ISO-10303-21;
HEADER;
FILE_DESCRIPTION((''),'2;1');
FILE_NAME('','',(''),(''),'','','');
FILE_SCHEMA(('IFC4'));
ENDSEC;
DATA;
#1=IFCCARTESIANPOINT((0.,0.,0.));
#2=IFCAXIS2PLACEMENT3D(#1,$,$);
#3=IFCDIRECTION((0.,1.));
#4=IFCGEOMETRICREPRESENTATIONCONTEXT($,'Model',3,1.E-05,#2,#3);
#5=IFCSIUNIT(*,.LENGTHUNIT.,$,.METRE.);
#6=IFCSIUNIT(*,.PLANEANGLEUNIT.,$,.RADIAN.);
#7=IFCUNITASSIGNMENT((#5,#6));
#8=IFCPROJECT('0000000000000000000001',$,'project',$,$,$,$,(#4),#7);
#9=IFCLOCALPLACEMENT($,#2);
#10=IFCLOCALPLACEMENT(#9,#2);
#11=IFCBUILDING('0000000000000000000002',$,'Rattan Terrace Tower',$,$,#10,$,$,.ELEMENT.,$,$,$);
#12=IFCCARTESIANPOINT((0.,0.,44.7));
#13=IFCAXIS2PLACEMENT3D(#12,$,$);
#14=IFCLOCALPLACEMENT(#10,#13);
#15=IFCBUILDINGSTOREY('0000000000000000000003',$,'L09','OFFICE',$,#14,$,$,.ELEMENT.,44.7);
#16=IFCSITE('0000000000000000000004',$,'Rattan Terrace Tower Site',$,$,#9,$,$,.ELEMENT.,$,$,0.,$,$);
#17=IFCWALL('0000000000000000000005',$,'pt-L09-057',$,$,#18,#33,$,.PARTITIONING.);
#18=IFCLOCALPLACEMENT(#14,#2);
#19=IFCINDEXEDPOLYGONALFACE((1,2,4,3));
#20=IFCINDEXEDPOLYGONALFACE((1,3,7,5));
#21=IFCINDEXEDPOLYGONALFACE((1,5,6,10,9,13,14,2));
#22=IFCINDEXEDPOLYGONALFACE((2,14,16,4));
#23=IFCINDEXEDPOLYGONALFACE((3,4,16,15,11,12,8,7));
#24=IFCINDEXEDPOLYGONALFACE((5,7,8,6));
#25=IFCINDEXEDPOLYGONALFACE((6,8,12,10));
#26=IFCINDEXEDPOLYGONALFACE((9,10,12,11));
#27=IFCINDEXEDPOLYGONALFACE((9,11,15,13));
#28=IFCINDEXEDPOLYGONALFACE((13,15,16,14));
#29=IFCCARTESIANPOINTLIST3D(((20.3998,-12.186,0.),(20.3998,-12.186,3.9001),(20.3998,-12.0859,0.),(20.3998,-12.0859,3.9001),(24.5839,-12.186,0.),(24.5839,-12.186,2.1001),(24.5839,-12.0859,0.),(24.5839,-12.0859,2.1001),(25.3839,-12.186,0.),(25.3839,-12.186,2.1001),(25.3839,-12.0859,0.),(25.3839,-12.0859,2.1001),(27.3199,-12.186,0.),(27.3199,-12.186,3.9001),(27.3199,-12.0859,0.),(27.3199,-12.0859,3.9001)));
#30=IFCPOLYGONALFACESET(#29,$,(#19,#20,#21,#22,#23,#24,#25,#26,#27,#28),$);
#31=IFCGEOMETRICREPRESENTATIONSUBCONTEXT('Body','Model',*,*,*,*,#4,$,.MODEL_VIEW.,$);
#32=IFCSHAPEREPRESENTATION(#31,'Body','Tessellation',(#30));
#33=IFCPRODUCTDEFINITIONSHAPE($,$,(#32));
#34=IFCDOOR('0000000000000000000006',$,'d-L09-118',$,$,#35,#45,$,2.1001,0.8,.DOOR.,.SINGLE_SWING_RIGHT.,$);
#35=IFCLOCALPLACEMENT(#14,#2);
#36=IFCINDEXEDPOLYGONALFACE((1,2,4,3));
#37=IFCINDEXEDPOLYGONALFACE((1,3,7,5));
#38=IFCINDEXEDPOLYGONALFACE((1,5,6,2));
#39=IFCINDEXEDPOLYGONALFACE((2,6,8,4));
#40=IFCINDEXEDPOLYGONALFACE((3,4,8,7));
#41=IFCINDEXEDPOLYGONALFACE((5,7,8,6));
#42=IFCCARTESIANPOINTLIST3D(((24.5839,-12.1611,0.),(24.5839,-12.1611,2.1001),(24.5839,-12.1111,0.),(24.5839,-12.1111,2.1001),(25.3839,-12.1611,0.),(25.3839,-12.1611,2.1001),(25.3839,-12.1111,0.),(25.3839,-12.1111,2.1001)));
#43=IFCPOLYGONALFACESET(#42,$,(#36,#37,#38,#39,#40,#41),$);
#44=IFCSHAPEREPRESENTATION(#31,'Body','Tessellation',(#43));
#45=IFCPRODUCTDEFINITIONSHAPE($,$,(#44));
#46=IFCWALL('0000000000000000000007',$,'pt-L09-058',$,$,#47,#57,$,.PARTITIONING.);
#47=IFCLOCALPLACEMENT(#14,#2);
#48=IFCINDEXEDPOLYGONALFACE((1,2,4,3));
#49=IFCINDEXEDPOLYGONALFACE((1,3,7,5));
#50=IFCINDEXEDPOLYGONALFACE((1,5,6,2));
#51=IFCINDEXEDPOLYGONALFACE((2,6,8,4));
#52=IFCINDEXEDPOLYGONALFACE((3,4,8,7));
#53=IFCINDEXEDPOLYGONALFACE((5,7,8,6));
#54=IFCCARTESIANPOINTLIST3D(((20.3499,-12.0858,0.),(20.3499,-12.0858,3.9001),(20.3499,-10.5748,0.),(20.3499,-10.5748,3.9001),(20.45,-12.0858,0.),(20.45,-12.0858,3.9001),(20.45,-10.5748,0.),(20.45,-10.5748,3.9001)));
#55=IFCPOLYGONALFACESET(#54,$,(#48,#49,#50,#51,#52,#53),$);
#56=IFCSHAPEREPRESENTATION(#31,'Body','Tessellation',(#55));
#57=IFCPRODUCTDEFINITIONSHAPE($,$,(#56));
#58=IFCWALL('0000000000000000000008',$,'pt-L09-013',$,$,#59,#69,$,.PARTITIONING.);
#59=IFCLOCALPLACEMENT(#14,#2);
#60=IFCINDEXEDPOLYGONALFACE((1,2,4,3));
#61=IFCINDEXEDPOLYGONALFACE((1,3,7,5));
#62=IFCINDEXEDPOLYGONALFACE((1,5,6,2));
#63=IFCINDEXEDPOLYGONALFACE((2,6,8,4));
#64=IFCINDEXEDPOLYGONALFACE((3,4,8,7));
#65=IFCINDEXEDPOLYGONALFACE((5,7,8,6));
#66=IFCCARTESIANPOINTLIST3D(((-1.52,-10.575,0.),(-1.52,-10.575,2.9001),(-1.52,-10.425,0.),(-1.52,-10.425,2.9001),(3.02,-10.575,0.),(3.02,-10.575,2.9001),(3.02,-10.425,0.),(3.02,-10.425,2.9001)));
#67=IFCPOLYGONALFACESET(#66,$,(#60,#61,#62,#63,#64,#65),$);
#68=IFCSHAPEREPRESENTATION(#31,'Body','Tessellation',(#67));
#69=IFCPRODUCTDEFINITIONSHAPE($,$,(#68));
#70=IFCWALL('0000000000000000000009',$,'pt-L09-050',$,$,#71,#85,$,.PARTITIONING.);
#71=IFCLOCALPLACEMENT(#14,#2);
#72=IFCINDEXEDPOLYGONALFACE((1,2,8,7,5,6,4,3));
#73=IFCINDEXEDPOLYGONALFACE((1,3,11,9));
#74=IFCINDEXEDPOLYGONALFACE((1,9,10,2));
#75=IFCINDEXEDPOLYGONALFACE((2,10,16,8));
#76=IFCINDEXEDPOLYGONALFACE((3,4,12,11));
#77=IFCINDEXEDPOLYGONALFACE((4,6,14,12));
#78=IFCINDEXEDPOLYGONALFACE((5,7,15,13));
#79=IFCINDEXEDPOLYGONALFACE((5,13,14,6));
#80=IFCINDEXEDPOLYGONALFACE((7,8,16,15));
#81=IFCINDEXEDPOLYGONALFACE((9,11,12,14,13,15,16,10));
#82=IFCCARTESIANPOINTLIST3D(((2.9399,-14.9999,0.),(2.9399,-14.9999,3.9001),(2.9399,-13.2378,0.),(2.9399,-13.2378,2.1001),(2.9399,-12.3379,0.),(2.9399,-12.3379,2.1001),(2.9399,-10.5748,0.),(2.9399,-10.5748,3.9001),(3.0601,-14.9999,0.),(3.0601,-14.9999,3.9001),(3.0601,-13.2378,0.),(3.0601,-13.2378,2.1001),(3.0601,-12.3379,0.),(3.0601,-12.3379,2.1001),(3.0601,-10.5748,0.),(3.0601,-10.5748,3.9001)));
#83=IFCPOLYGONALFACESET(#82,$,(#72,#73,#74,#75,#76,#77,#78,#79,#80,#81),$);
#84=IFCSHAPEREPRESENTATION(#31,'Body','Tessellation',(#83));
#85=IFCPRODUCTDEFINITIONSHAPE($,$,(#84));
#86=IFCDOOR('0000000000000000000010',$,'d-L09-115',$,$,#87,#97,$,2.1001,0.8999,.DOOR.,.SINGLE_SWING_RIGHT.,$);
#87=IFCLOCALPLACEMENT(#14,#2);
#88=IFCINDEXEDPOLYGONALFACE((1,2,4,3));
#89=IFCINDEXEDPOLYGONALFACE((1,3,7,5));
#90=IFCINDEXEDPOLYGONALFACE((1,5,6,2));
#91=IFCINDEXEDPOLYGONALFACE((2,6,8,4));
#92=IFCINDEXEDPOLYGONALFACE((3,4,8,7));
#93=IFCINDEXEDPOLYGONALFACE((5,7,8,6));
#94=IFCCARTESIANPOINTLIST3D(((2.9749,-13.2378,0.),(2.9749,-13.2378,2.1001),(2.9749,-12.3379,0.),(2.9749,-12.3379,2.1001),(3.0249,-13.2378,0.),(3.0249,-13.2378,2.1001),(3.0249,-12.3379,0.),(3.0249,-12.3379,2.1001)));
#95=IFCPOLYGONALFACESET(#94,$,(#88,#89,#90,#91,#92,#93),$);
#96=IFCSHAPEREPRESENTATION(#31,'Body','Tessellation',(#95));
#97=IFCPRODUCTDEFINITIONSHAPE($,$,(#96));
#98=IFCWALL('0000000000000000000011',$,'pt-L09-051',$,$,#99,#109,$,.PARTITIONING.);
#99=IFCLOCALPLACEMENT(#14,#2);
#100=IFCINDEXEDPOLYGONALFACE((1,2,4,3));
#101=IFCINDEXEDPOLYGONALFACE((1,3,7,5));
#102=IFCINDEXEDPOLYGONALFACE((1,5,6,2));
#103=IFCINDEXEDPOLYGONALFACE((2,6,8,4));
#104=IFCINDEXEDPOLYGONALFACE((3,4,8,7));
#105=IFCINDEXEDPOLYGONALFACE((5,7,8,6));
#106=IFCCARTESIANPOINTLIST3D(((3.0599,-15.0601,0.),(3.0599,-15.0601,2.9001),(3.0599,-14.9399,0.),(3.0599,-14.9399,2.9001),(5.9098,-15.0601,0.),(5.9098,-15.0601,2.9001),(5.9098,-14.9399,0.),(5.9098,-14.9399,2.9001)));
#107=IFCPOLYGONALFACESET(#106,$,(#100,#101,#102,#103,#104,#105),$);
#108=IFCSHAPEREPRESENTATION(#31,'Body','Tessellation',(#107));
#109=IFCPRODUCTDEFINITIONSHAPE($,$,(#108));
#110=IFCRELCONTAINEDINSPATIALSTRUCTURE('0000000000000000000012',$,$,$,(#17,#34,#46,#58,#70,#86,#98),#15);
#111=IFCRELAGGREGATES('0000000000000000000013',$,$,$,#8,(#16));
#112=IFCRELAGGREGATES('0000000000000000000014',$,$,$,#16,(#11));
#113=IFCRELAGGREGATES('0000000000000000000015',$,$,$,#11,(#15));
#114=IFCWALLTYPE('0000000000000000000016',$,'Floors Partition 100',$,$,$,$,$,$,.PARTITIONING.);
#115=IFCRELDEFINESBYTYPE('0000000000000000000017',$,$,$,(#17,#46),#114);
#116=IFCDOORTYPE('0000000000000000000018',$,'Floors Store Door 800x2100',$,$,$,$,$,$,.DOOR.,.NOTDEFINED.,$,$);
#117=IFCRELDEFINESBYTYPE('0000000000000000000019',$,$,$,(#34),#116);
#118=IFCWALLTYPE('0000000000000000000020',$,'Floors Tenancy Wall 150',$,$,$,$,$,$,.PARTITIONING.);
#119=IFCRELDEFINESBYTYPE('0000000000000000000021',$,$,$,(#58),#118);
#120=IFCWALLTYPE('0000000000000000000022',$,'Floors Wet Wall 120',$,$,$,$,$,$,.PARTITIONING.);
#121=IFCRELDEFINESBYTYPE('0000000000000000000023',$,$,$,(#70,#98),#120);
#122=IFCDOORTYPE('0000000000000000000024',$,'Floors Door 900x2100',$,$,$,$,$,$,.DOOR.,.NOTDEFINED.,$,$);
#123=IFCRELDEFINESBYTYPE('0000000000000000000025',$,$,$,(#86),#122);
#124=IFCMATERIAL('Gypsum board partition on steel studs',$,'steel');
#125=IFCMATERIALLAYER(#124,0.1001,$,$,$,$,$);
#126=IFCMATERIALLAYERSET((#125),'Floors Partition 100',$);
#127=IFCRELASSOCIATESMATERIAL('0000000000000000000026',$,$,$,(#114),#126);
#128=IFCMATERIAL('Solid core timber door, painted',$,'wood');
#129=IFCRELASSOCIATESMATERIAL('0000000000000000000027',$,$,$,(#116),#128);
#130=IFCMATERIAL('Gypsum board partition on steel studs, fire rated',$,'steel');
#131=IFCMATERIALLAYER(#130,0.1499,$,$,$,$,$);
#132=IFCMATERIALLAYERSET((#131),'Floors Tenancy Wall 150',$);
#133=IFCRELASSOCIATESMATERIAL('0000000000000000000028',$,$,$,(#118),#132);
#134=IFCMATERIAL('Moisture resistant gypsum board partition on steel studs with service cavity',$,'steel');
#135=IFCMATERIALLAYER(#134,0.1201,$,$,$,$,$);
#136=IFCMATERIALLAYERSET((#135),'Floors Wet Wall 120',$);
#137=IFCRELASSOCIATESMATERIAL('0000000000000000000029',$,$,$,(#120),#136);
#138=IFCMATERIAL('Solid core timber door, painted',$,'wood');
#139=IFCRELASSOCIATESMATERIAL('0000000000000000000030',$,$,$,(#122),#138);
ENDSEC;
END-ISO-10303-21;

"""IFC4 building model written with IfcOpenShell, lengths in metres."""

from ifc_helpers import new_model, si_unit, direction, frame, frame_2d, origin, place, context, subcontext, project, spatial, rectangle, extrude, material, layer, layer_set, type_object, element, fill, save


model = new_model("IFC4")

# Units and contexts
model_context = context("Model", 3, precision=1e-05, world=origin(), true_north=direction((0.0, 1.0)))
body_context = subcontext(model_context, "Body", "Model", "MODEL_VIEW")
ifc_project = project(units=[si_unit("LENGTHUNIT", "METRE"), si_unit("PLANEANGLEUNIT", "RADIAN")], contexts=[model_context])

# Site, building, storey
site_placement = place(None, origin())
site = spatial("IfcSite", under=ifc_project, at=site_placement, Name="Rattan Terrace Tower Site", CompositionType="ELEMENT", RefElevation=0.0)
building_placement = place(site_placement, origin())
building = spatial("IfcBuilding", under=site, at=building_placement, Name="Rattan Terrace Tower", CompositionType="ELEMENT")
storey_placement = place(building_placement, frame((0.0, 0.0, 44.7)))
storey = spatial("IfcBuildingStorey", under=building, at=storey_placement, Name="L09", Description="OFFICE", CompositionType="ELEMENT", Elevation=44.7)

# Wall, opening, door
ifc_material_1 = material(Name="Gypsum board partition on steel studs", Category="steel")
ifc_layer_1 = layer(ifc_material_1, 0.1001)
ifc_layer_set_1 = layer_set([ifc_layer_1], Name="Floors Partition 100")
wall_type_1 = type_object("IfcWallType", Name="Floors Partition 100", PredefinedType="PARTITIONING", material=ifc_layer_set_1)
wall_1_placement = place(storey_placement, frame((20.3999, -12.136, 0.0), z_axis=(0.0, 0.0, 1.0), x_axis=(1.0, 0.0, 0.0)))
wall_1 = element("IfcWall", 1, at=wall_1_placement, inside=storey, type_object=wall_type_1, Name="pt-L09-057", PredefinedType="PARTITIONING", context=body_context, shape_type="SweptSolid", body=[
    extrude(rectangle(XDim=6.9202, YDim=0.1001, at=frame_2d((3.46, 0.0))), origin(), (0.0, 0.0, 1.0), 3.9001),
])
opening_1_placement = place(wall_1_placement, frame((4.1841, 0.0, 0.0)))
opening_1 = element("IfcOpeningElement", 2, at=opening_1_placement, cuts=wall_1, PredefinedType="OPENING", context=body_context, shape_type="SweptSolid", body=[
    extrude(rectangle(XDim=0.8, YDim=2.1001, at=frame_2d((0.3999, 1.05))), frame((0.0, 0.0605, 0.0), z_axis=(0.0, -1.0, 0.0), x_axis=(1.0, 0.0, 0.0)), (0.0, 0.0, 1.0), 0.1211),
])
ifc_material_2 = material(Name="Solid core timber door, painted", Category="wood")
door_type_1 = type_object("IfcDoorType", Name="Floors Store Door 800x2100", OperationType="NOTDEFINED", PredefinedType="DOOR", material=ifc_material_2)
door_1_placement = place(opening_1_placement, origin())
door_1 = element("IfcDoor", 3, at=door_1_placement, inside=storey, type_object=door_type_1, Name="d-L09-118", OperationType="SINGLE_SWING_RIGHT", OverallHeight=2.1001, OverallWidth=0.8, PredefinedType="DOOR", context=body_context, shape_type="SweptSolid", body=[
    extrude(rectangle(XDim=0.8, YDim=2.1001, at=frame_2d((0.3999, 1.05))), frame((0.0, 0.0249, 0.0), z_axis=(0.0, -1.0, 0.0), x_axis=(1.0, 0.0, 0.0)), (0.0, 0.0, 1.0), 0.05),
])
fill(opening_1, door_1)

# Walls
wall_2_placement = place(storey_placement, frame((20.3999, -10.575, 0.0), z_axis=(0.0, 0.0, 1.0), x_axis=(0.0, -1.0, 0.0)))
element("IfcWall", 4, at=wall_2_placement, inside=storey, type_object=wall_type_1, Name="pt-L09-058", PredefinedType="PARTITIONING", context=body_context, shape_type="SweptSolid", body=[
    extrude(rectangle(XDim=1.511, YDim=0.1001, at=frame_2d((0.7554, 0.0))), origin(), (0.0, 0.0, 1.0), 3.9001),
])
ifc_material_3 = material(Name="Gypsum board partition on steel studs, fire rated", Category="steel")
ifc_layer_2 = layer(ifc_material_3, 0.1499)
ifc_layer_set_2 = layer_set([ifc_layer_2], Name="Floors Tenancy Wall 150")
wall_type_2 = type_object("IfcWallType", Name="Floors Tenancy Wall 150", PredefinedType="PARTITIONING", material=ifc_layer_set_2)
wall_3_placement = place(storey_placement, frame((3.02, -10.5, 0.0), z_axis=(0.0, 0.0, 1.0), x_axis=(-1.0, 0.0, 0.0)))
element("IfcWall", 5, at=wall_3_placement, inside=storey, type_object=wall_type_2, Name="pt-L09-013", PredefinedType="PARTITIONING", context=body_context, shape_type="SweptSolid", body=[
    extrude(rectangle(XDim=4.54, YDim=0.1499, at=frame_2d((2.27, 0.0))), origin(), (0.0, 0.0, 1.0), 2.9001),
])

# Wall, opening, door
ifc_material_4 = material(Name="Moisture resistant gypsum board partition on steel studs with service cavity", Category="steel")
ifc_layer_3 = layer(ifc_material_4, 0.1201)
ifc_layer_set_3 = layer_set([ifc_layer_3], Name="Floors Wet Wall 120")
wall_type_3 = type_object("IfcWallType", Name="Floors Wet Wall 120", PredefinedType="PARTITIONING", material=ifc_layer_set_3)
wall_4_placement = place(storey_placement, frame((3.0, -10.575, 0.0), z_axis=(0.0, 0.0, 1.0), x_axis=(0.0, -1.0, 0.0)))
wall_4 = element("IfcWall", 6, at=wall_4_placement, inside=storey, type_object=wall_type_3, Name="pt-L09-050", PredefinedType="PARTITIONING", context=body_context, shape_type="SweptSolid", body=[
    extrude(rectangle(XDim=4.425, YDim=0.1201, at=frame_2d((2.2124, 0.0))), origin(), (0.0, 0.0, 1.0), 3.9001),
])
opening_2_placement = place(wall_4_placement, frame((1.7629, 0.0, 0.0)))
opening_2 = element("IfcOpeningElement", 7, at=opening_2_placement, cuts=wall_4, PredefinedType="OPENING", context=body_context, shape_type="SweptSolid", body=[
    extrude(rectangle(XDim=0.8999, YDim=2.1001, at=frame_2d((0.45, 1.05))), frame((0.0, 0.0706, 0.0), z_axis=(0.0, -1.0, 0.0), x_axis=(1.0, 0.0, 0.0)), (0.0, 0.0, 1.0), 0.1411),
])
ifc_material_5 = material(Name="Solid core timber door, painted", Category="wood")
door_type_2 = type_object("IfcDoorType", Name="Floors Door 900x2100", OperationType="NOTDEFINED", PredefinedType="DOOR", material=ifc_material_5)
door_2_placement = place(opening_2_placement, origin())
door_2 = element("IfcDoor", 8, at=door_2_placement, inside=storey, type_object=door_type_2, Name="d-L09-115", OperationType="SINGLE_SWING_RIGHT", OverallHeight=2.1001, OverallWidth=0.8999, PredefinedType="DOOR", context=body_context, shape_type="SweptSolid", body=[
    extrude(rectangle(XDim=0.8999, YDim=2.1001, at=frame_2d((0.45, 1.05))), frame((0.0, 0.0249, 0.0), z_axis=(0.0, -1.0, 0.0), x_axis=(1.0, 0.0, 0.0)), (0.0, 0.0, 1.0), 0.05),
])
fill(opening_2, door_2)

# Wall
wall_5_placement = place(storey_placement, frame((3.0601, -15.0, 0.0), z_axis=(0.0, 0.0, 1.0), x_axis=(1.0, 0.0, 0.0)))
element("IfcWall", 9, at=wall_5_placement, inside=storey, type_object=wall_type_3, Name="pt-L09-051", PredefinedType="PARTITIONING", context=body_context, shape_type="SweptSolid", body=[
    extrude(rectangle(XDim=2.8499, YDim=0.1201, at=frame_2d((1.4248, 0.0))), origin(), (0.0, 0.0, 1.0), 2.9001),
])

save(model, "model.ifc")
